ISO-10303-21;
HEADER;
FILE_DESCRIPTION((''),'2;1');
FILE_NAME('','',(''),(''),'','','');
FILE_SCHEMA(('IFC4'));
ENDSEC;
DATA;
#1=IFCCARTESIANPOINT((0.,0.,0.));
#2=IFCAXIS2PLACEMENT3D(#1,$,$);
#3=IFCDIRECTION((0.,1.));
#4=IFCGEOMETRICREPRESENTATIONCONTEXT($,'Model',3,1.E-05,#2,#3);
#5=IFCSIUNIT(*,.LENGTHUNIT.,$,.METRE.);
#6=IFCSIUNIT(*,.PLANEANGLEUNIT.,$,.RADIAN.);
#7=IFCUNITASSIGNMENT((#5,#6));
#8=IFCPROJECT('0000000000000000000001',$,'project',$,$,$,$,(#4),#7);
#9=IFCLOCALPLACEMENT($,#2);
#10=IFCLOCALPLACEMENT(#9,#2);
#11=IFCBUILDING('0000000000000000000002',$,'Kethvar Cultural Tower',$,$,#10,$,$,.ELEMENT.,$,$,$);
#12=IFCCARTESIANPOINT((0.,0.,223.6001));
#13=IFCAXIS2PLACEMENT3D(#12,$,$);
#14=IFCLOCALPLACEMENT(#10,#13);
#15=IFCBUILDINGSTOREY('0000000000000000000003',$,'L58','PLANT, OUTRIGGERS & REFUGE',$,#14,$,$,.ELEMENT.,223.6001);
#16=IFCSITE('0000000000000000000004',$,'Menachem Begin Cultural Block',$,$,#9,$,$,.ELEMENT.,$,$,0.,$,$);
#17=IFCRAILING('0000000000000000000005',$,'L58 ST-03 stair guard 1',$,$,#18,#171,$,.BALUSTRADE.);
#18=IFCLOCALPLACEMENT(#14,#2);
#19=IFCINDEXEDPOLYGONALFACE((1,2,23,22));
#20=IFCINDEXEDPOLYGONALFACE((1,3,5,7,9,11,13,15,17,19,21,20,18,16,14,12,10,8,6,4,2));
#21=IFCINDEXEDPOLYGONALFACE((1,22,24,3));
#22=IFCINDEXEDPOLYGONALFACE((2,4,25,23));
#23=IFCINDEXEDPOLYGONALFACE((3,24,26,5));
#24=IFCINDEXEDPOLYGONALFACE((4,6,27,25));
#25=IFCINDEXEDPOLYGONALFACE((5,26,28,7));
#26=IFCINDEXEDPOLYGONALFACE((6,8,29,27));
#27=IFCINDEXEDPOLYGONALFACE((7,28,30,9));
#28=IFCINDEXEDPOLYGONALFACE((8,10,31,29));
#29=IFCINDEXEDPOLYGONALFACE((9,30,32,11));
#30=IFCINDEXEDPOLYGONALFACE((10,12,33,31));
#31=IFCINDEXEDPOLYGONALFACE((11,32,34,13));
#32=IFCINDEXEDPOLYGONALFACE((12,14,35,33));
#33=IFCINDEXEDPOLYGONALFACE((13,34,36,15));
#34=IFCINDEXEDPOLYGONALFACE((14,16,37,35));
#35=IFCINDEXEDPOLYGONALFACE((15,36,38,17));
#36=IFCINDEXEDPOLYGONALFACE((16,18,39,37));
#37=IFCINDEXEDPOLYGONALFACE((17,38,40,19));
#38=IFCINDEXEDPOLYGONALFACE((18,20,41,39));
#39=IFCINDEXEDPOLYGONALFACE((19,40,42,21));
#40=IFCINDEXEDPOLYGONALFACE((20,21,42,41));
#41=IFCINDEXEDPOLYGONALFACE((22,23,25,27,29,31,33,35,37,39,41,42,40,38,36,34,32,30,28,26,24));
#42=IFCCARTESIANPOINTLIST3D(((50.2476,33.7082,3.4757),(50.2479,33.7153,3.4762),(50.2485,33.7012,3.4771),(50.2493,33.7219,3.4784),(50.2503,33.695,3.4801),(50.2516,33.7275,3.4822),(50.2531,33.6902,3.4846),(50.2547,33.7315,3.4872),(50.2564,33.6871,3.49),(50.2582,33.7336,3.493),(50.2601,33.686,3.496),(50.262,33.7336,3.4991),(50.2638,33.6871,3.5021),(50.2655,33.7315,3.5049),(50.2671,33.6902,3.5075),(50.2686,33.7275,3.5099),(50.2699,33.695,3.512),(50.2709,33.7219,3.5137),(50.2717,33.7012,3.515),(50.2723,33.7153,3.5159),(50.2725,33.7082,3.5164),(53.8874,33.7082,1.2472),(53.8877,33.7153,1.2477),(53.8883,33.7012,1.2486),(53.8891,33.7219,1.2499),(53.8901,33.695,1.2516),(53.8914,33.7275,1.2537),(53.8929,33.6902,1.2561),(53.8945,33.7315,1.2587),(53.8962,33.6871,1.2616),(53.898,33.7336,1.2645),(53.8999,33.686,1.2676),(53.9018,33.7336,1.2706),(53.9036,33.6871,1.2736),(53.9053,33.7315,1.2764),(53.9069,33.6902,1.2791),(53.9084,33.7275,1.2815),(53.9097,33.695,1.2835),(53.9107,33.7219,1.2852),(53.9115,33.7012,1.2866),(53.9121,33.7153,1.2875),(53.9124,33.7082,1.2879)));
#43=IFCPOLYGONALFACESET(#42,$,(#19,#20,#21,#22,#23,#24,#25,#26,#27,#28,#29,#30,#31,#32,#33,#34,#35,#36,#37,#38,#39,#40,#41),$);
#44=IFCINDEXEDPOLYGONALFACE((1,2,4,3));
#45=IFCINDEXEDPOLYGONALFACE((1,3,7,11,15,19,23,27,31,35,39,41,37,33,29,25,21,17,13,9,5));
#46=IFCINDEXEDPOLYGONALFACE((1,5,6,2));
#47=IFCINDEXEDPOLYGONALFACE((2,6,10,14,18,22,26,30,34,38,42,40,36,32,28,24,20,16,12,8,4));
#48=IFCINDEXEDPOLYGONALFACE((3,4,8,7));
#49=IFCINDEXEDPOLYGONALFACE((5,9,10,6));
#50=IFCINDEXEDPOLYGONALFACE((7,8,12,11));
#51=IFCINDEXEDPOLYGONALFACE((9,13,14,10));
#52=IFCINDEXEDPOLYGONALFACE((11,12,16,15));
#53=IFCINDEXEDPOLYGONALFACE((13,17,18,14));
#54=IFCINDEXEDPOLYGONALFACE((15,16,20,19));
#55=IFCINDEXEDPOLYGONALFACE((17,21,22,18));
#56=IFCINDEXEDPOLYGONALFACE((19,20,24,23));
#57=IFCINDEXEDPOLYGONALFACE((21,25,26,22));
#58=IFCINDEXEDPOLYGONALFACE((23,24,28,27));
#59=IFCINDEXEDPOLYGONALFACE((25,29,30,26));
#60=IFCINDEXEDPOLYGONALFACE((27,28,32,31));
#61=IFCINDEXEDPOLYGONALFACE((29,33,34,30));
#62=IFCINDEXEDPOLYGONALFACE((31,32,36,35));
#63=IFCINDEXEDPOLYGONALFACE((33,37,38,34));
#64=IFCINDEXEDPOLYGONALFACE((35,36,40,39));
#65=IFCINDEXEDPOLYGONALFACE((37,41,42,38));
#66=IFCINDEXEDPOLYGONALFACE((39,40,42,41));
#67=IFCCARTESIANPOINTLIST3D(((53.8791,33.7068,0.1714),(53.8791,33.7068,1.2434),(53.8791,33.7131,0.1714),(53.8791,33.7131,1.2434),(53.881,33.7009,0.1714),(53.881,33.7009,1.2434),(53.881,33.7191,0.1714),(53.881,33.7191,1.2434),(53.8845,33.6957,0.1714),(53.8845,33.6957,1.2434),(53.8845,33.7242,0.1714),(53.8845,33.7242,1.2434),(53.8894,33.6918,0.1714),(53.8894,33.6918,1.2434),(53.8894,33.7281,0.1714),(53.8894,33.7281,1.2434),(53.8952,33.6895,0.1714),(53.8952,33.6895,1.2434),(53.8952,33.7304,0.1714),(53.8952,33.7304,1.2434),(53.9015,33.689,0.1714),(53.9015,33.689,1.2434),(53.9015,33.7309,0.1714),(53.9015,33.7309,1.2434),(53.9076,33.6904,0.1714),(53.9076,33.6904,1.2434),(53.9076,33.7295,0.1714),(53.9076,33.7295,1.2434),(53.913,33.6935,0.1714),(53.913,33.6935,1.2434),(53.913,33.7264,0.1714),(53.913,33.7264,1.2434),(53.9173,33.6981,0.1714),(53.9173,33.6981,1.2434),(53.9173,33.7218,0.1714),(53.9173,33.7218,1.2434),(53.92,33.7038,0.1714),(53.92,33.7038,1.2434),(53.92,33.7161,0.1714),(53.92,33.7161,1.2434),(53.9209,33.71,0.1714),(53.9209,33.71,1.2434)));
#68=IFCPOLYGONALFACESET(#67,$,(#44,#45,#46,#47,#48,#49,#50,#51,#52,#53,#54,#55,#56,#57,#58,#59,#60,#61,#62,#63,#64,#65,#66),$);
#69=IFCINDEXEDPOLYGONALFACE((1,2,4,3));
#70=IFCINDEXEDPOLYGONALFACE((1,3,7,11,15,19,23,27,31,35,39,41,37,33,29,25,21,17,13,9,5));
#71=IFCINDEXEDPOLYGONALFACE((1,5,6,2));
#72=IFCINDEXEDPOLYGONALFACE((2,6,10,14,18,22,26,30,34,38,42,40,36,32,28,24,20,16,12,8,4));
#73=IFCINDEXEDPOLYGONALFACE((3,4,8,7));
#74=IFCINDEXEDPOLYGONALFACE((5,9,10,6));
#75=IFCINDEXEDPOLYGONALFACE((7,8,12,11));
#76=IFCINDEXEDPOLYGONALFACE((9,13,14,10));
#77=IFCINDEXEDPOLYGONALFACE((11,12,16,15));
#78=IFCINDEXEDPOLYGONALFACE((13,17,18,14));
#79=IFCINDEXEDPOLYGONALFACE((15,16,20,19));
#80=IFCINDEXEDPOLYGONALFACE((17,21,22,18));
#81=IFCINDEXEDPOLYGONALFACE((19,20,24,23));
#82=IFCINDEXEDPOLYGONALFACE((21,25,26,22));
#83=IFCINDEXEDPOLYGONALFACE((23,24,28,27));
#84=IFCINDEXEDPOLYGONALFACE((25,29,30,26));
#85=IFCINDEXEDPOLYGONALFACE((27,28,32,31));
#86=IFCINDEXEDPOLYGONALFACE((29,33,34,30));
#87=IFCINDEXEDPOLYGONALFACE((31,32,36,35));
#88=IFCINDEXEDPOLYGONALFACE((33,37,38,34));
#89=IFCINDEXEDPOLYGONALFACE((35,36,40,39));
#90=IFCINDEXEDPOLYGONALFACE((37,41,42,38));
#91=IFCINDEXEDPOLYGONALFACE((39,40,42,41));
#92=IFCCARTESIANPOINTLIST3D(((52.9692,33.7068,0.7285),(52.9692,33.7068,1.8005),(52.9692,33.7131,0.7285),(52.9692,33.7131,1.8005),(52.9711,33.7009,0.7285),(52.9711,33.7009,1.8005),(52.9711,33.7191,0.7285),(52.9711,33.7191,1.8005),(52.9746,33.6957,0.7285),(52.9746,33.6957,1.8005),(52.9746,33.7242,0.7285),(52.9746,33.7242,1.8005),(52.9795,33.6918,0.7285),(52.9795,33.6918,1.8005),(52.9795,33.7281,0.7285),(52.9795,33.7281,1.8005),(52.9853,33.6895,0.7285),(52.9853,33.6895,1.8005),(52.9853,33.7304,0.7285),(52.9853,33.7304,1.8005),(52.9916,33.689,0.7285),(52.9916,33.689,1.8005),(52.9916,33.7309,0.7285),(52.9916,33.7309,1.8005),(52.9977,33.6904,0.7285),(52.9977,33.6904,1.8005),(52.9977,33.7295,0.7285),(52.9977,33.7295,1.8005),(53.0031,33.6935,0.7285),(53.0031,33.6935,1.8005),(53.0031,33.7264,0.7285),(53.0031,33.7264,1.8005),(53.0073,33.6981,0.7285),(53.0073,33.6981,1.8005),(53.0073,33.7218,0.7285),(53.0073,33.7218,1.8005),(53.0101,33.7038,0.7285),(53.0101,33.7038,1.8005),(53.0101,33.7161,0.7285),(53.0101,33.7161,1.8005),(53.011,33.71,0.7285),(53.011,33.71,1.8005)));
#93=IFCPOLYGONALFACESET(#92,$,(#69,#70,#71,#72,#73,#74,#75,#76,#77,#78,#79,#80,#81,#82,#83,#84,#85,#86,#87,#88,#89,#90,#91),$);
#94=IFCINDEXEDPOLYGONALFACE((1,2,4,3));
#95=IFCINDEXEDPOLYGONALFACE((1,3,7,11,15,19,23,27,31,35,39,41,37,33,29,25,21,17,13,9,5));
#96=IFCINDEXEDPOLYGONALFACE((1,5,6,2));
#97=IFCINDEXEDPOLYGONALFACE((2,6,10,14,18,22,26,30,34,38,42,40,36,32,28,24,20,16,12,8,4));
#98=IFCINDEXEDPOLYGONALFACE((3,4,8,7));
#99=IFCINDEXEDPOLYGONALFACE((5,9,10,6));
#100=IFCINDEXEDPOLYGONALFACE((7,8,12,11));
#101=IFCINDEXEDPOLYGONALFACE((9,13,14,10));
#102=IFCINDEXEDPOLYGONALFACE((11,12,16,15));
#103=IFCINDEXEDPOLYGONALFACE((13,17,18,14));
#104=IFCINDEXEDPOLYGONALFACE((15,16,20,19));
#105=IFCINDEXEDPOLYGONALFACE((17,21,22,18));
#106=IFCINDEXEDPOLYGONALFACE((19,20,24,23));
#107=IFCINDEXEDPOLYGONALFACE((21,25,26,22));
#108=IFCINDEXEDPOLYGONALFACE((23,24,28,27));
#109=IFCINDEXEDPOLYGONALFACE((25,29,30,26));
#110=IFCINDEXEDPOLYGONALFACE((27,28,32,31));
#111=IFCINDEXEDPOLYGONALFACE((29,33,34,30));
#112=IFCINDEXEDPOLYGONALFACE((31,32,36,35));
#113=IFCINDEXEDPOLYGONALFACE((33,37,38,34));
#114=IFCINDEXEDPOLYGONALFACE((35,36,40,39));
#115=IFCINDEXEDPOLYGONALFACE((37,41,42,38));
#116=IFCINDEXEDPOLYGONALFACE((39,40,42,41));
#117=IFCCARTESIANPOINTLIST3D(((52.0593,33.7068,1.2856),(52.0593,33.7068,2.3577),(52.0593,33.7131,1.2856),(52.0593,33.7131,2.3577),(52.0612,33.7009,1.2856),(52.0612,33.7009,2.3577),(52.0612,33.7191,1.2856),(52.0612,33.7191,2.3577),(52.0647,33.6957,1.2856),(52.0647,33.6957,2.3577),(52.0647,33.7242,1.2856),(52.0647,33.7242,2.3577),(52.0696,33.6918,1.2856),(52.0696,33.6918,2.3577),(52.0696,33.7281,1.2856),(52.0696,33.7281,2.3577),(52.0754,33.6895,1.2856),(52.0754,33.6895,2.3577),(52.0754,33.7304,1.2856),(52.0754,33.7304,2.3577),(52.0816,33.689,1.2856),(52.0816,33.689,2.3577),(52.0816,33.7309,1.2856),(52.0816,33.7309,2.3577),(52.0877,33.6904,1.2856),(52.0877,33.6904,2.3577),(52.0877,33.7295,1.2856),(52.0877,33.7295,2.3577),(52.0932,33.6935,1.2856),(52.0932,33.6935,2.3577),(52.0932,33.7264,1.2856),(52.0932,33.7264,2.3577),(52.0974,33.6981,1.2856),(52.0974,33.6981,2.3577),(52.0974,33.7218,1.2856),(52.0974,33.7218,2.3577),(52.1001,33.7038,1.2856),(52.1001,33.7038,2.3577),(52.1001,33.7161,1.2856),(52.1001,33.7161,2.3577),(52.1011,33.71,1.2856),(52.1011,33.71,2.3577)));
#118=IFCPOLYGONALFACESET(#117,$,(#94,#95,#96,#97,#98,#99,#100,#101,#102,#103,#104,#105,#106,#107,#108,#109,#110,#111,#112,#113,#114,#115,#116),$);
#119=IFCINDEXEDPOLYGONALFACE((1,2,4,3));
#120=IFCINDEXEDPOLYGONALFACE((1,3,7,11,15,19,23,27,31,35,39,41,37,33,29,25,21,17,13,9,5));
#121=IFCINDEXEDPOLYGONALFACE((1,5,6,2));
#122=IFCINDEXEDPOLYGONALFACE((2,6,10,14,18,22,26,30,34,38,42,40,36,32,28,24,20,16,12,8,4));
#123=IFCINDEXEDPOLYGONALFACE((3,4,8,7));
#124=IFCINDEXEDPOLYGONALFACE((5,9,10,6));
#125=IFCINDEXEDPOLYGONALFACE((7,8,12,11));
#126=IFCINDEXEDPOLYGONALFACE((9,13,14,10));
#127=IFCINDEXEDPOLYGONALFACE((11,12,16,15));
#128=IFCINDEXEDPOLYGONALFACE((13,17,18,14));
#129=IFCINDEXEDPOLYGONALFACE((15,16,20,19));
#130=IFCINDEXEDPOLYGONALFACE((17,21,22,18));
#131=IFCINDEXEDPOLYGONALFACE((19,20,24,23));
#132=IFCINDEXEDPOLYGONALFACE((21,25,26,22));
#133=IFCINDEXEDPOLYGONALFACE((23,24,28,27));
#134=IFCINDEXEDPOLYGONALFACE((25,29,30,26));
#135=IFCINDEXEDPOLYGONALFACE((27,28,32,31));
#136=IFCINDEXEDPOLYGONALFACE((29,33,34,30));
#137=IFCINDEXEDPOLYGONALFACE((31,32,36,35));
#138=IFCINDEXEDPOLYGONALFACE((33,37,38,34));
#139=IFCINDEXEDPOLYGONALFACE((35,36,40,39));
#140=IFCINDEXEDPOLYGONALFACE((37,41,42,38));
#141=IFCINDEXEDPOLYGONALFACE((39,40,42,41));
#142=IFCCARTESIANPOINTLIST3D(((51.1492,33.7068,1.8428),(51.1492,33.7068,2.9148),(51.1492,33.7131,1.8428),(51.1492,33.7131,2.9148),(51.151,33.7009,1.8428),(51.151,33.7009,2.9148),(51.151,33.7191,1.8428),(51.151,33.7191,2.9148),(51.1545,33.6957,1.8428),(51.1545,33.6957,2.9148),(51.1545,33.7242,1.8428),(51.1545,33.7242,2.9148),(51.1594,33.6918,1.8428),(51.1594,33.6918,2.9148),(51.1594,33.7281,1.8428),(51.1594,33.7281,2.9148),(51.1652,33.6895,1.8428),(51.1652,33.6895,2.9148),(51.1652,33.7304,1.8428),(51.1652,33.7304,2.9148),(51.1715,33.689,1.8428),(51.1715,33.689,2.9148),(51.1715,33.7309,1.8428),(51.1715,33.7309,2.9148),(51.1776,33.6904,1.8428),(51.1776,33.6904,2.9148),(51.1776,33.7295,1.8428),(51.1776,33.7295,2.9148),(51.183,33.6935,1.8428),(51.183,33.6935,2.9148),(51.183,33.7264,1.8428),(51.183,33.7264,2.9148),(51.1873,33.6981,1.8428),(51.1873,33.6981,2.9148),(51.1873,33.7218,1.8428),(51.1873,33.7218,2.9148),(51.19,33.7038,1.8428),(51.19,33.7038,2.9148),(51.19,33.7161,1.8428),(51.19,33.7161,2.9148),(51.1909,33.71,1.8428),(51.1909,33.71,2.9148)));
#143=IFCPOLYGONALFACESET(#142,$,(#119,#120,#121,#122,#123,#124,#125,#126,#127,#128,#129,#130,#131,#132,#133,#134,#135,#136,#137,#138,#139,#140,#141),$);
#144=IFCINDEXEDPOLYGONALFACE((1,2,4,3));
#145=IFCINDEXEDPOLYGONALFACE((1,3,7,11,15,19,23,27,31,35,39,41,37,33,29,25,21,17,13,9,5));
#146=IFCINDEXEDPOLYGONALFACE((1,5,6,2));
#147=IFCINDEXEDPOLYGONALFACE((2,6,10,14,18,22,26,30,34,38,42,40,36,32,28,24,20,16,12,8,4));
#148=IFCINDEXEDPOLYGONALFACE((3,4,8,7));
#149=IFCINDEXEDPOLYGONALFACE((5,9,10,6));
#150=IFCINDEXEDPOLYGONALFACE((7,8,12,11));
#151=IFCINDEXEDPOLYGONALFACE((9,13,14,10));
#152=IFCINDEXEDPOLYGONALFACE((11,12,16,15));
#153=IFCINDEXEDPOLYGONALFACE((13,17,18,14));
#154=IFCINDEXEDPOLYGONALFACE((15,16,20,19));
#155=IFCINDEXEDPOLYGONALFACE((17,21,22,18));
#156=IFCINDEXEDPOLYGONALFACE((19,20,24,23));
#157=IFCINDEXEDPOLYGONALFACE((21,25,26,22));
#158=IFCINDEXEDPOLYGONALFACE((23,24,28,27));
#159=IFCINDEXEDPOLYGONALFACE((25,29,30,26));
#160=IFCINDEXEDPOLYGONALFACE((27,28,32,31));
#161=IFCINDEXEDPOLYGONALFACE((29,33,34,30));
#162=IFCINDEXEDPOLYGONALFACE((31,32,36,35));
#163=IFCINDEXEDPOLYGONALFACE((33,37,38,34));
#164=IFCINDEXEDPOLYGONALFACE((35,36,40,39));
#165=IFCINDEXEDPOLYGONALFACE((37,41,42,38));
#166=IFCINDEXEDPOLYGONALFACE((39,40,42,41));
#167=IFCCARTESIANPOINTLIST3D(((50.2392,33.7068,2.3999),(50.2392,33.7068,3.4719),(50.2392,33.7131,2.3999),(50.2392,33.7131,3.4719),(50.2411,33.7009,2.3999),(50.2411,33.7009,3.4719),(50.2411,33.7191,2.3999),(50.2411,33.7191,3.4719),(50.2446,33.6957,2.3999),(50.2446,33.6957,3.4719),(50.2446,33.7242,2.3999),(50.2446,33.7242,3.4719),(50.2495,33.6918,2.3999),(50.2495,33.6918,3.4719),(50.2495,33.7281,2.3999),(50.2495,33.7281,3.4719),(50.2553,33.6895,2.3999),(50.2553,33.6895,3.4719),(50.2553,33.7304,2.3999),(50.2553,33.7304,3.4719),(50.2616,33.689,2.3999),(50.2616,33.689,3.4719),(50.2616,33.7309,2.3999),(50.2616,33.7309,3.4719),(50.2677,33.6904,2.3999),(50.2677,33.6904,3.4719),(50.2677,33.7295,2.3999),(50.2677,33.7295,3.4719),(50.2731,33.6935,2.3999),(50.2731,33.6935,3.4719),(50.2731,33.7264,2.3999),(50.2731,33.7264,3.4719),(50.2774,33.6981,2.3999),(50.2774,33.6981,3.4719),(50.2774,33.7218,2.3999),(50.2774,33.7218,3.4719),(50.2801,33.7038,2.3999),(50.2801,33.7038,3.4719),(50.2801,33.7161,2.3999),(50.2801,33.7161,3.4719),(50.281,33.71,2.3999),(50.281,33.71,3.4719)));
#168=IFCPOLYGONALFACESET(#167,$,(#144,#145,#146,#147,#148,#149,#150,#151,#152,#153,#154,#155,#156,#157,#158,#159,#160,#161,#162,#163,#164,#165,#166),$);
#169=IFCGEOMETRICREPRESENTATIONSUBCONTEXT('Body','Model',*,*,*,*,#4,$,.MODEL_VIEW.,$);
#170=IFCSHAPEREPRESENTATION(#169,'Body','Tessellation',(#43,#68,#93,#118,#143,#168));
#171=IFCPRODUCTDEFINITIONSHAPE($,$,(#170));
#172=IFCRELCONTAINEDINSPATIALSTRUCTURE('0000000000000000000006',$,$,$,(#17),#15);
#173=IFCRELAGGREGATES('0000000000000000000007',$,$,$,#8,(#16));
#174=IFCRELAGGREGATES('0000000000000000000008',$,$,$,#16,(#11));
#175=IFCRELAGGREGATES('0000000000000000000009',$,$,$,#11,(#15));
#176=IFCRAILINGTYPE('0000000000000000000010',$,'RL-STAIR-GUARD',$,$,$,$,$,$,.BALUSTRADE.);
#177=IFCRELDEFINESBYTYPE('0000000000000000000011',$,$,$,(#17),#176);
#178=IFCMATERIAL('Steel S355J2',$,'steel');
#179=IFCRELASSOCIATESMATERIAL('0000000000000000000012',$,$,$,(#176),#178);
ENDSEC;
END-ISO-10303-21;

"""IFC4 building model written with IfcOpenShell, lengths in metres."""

from ifc_helpers import new_model, si_unit, direction, frame, origin, origin_2d, place, context, subcontext, project, spatial, circle, extrude, material, type_object, element, save


model = new_model("IFC4")

# Units and contexts
model_context = context("Model", 3, precision=1e-05, world=origin(), true_north=direction((0.0, 1.0)))
body_context = subcontext(model_context, "Body", "Model", "MODEL_VIEW")
ifc_project = project(units=[si_unit("LENGTHUNIT", "METRE"), si_unit("PLANEANGLEUNIT", "RADIAN")], contexts=[model_context])

# Site, building, storey
site_placement = place(None, origin())
site = spatial("IfcSite", under=ifc_project, at=site_placement, Name="Menachem Begin Cultural Block", CompositionType="ELEMENT", RefElevation=0.0)
building_placement = place(site_placement, origin())
building = spatial("IfcBuilding", under=site, at=building_placement, Name="Kethvar Cultural Tower", CompositionType="ELEMENT")
storey_placement = place(building_placement, frame((0.0, 0.0, 223.6001)))
storey = spatial("IfcBuildingStorey", under=building, at=storey_placement, Name="L58", Description="PLANT, OUTRIGGERS & REFUGE", CompositionType="ELEMENT", Elevation=223.6001)

# Shared definitions
ifc_material_1 = material(Name="Steel S355J2", Category="steel")

# Railing
railing_type_1 = type_object("IfcRailingType", Name="RL-STAIR-GUARD", PredefinedType="BALUSTRADE", material=ifc_material_1)
railing_1_placement = place(storey_placement, frame((53.8999, 33.71, 0.1714)))
element("IfcRailing", 1, at=railing_1_placement, inside=storey, type_object=railing_type_1, Name="L58 ST-03 stair guard 1", PredefinedType="BALUSTRADE", context=body_context, shape_type="SweptSolid", body=[
    extrude(circle(Radius=0.0239, at=origin_2d()), frame((0.0, 0.0, 1.0962), z_axis=(-0.85285, 0.0, 0.522156), x_axis=(0.0, -1.0, 0.0)), (0.0, 0.0, 1.0), 4.2678),
    extrude(circle(Radius=0.021, at=origin_2d()), origin(), (0.0, 0.0, 1.0), 1.072),
    extrude(circle(Radius=0.021, at=origin_2d()), frame((-0.9099, 0.0, 0.5571)), (0.0, 0.0, 1.0), 1.072),
    extrude(circle(Radius=0.021, at=origin_2d()), frame((-1.8198, 0.0, 1.1143)), (0.0, 0.0, 1.0), 1.072),
    extrude(circle(Radius=0.021, at=origin_2d()), frame((-2.73, 0.0, 1.6714)), (0.0, 0.0, 1.0), 1.072),
    extrude(circle(Radius=0.021, at=origin_2d()), frame((-3.6399, 0.0, 2.2285)), (0.0, 0.0, 1.0), 1.072),
])

save(model, "model.ifc")
